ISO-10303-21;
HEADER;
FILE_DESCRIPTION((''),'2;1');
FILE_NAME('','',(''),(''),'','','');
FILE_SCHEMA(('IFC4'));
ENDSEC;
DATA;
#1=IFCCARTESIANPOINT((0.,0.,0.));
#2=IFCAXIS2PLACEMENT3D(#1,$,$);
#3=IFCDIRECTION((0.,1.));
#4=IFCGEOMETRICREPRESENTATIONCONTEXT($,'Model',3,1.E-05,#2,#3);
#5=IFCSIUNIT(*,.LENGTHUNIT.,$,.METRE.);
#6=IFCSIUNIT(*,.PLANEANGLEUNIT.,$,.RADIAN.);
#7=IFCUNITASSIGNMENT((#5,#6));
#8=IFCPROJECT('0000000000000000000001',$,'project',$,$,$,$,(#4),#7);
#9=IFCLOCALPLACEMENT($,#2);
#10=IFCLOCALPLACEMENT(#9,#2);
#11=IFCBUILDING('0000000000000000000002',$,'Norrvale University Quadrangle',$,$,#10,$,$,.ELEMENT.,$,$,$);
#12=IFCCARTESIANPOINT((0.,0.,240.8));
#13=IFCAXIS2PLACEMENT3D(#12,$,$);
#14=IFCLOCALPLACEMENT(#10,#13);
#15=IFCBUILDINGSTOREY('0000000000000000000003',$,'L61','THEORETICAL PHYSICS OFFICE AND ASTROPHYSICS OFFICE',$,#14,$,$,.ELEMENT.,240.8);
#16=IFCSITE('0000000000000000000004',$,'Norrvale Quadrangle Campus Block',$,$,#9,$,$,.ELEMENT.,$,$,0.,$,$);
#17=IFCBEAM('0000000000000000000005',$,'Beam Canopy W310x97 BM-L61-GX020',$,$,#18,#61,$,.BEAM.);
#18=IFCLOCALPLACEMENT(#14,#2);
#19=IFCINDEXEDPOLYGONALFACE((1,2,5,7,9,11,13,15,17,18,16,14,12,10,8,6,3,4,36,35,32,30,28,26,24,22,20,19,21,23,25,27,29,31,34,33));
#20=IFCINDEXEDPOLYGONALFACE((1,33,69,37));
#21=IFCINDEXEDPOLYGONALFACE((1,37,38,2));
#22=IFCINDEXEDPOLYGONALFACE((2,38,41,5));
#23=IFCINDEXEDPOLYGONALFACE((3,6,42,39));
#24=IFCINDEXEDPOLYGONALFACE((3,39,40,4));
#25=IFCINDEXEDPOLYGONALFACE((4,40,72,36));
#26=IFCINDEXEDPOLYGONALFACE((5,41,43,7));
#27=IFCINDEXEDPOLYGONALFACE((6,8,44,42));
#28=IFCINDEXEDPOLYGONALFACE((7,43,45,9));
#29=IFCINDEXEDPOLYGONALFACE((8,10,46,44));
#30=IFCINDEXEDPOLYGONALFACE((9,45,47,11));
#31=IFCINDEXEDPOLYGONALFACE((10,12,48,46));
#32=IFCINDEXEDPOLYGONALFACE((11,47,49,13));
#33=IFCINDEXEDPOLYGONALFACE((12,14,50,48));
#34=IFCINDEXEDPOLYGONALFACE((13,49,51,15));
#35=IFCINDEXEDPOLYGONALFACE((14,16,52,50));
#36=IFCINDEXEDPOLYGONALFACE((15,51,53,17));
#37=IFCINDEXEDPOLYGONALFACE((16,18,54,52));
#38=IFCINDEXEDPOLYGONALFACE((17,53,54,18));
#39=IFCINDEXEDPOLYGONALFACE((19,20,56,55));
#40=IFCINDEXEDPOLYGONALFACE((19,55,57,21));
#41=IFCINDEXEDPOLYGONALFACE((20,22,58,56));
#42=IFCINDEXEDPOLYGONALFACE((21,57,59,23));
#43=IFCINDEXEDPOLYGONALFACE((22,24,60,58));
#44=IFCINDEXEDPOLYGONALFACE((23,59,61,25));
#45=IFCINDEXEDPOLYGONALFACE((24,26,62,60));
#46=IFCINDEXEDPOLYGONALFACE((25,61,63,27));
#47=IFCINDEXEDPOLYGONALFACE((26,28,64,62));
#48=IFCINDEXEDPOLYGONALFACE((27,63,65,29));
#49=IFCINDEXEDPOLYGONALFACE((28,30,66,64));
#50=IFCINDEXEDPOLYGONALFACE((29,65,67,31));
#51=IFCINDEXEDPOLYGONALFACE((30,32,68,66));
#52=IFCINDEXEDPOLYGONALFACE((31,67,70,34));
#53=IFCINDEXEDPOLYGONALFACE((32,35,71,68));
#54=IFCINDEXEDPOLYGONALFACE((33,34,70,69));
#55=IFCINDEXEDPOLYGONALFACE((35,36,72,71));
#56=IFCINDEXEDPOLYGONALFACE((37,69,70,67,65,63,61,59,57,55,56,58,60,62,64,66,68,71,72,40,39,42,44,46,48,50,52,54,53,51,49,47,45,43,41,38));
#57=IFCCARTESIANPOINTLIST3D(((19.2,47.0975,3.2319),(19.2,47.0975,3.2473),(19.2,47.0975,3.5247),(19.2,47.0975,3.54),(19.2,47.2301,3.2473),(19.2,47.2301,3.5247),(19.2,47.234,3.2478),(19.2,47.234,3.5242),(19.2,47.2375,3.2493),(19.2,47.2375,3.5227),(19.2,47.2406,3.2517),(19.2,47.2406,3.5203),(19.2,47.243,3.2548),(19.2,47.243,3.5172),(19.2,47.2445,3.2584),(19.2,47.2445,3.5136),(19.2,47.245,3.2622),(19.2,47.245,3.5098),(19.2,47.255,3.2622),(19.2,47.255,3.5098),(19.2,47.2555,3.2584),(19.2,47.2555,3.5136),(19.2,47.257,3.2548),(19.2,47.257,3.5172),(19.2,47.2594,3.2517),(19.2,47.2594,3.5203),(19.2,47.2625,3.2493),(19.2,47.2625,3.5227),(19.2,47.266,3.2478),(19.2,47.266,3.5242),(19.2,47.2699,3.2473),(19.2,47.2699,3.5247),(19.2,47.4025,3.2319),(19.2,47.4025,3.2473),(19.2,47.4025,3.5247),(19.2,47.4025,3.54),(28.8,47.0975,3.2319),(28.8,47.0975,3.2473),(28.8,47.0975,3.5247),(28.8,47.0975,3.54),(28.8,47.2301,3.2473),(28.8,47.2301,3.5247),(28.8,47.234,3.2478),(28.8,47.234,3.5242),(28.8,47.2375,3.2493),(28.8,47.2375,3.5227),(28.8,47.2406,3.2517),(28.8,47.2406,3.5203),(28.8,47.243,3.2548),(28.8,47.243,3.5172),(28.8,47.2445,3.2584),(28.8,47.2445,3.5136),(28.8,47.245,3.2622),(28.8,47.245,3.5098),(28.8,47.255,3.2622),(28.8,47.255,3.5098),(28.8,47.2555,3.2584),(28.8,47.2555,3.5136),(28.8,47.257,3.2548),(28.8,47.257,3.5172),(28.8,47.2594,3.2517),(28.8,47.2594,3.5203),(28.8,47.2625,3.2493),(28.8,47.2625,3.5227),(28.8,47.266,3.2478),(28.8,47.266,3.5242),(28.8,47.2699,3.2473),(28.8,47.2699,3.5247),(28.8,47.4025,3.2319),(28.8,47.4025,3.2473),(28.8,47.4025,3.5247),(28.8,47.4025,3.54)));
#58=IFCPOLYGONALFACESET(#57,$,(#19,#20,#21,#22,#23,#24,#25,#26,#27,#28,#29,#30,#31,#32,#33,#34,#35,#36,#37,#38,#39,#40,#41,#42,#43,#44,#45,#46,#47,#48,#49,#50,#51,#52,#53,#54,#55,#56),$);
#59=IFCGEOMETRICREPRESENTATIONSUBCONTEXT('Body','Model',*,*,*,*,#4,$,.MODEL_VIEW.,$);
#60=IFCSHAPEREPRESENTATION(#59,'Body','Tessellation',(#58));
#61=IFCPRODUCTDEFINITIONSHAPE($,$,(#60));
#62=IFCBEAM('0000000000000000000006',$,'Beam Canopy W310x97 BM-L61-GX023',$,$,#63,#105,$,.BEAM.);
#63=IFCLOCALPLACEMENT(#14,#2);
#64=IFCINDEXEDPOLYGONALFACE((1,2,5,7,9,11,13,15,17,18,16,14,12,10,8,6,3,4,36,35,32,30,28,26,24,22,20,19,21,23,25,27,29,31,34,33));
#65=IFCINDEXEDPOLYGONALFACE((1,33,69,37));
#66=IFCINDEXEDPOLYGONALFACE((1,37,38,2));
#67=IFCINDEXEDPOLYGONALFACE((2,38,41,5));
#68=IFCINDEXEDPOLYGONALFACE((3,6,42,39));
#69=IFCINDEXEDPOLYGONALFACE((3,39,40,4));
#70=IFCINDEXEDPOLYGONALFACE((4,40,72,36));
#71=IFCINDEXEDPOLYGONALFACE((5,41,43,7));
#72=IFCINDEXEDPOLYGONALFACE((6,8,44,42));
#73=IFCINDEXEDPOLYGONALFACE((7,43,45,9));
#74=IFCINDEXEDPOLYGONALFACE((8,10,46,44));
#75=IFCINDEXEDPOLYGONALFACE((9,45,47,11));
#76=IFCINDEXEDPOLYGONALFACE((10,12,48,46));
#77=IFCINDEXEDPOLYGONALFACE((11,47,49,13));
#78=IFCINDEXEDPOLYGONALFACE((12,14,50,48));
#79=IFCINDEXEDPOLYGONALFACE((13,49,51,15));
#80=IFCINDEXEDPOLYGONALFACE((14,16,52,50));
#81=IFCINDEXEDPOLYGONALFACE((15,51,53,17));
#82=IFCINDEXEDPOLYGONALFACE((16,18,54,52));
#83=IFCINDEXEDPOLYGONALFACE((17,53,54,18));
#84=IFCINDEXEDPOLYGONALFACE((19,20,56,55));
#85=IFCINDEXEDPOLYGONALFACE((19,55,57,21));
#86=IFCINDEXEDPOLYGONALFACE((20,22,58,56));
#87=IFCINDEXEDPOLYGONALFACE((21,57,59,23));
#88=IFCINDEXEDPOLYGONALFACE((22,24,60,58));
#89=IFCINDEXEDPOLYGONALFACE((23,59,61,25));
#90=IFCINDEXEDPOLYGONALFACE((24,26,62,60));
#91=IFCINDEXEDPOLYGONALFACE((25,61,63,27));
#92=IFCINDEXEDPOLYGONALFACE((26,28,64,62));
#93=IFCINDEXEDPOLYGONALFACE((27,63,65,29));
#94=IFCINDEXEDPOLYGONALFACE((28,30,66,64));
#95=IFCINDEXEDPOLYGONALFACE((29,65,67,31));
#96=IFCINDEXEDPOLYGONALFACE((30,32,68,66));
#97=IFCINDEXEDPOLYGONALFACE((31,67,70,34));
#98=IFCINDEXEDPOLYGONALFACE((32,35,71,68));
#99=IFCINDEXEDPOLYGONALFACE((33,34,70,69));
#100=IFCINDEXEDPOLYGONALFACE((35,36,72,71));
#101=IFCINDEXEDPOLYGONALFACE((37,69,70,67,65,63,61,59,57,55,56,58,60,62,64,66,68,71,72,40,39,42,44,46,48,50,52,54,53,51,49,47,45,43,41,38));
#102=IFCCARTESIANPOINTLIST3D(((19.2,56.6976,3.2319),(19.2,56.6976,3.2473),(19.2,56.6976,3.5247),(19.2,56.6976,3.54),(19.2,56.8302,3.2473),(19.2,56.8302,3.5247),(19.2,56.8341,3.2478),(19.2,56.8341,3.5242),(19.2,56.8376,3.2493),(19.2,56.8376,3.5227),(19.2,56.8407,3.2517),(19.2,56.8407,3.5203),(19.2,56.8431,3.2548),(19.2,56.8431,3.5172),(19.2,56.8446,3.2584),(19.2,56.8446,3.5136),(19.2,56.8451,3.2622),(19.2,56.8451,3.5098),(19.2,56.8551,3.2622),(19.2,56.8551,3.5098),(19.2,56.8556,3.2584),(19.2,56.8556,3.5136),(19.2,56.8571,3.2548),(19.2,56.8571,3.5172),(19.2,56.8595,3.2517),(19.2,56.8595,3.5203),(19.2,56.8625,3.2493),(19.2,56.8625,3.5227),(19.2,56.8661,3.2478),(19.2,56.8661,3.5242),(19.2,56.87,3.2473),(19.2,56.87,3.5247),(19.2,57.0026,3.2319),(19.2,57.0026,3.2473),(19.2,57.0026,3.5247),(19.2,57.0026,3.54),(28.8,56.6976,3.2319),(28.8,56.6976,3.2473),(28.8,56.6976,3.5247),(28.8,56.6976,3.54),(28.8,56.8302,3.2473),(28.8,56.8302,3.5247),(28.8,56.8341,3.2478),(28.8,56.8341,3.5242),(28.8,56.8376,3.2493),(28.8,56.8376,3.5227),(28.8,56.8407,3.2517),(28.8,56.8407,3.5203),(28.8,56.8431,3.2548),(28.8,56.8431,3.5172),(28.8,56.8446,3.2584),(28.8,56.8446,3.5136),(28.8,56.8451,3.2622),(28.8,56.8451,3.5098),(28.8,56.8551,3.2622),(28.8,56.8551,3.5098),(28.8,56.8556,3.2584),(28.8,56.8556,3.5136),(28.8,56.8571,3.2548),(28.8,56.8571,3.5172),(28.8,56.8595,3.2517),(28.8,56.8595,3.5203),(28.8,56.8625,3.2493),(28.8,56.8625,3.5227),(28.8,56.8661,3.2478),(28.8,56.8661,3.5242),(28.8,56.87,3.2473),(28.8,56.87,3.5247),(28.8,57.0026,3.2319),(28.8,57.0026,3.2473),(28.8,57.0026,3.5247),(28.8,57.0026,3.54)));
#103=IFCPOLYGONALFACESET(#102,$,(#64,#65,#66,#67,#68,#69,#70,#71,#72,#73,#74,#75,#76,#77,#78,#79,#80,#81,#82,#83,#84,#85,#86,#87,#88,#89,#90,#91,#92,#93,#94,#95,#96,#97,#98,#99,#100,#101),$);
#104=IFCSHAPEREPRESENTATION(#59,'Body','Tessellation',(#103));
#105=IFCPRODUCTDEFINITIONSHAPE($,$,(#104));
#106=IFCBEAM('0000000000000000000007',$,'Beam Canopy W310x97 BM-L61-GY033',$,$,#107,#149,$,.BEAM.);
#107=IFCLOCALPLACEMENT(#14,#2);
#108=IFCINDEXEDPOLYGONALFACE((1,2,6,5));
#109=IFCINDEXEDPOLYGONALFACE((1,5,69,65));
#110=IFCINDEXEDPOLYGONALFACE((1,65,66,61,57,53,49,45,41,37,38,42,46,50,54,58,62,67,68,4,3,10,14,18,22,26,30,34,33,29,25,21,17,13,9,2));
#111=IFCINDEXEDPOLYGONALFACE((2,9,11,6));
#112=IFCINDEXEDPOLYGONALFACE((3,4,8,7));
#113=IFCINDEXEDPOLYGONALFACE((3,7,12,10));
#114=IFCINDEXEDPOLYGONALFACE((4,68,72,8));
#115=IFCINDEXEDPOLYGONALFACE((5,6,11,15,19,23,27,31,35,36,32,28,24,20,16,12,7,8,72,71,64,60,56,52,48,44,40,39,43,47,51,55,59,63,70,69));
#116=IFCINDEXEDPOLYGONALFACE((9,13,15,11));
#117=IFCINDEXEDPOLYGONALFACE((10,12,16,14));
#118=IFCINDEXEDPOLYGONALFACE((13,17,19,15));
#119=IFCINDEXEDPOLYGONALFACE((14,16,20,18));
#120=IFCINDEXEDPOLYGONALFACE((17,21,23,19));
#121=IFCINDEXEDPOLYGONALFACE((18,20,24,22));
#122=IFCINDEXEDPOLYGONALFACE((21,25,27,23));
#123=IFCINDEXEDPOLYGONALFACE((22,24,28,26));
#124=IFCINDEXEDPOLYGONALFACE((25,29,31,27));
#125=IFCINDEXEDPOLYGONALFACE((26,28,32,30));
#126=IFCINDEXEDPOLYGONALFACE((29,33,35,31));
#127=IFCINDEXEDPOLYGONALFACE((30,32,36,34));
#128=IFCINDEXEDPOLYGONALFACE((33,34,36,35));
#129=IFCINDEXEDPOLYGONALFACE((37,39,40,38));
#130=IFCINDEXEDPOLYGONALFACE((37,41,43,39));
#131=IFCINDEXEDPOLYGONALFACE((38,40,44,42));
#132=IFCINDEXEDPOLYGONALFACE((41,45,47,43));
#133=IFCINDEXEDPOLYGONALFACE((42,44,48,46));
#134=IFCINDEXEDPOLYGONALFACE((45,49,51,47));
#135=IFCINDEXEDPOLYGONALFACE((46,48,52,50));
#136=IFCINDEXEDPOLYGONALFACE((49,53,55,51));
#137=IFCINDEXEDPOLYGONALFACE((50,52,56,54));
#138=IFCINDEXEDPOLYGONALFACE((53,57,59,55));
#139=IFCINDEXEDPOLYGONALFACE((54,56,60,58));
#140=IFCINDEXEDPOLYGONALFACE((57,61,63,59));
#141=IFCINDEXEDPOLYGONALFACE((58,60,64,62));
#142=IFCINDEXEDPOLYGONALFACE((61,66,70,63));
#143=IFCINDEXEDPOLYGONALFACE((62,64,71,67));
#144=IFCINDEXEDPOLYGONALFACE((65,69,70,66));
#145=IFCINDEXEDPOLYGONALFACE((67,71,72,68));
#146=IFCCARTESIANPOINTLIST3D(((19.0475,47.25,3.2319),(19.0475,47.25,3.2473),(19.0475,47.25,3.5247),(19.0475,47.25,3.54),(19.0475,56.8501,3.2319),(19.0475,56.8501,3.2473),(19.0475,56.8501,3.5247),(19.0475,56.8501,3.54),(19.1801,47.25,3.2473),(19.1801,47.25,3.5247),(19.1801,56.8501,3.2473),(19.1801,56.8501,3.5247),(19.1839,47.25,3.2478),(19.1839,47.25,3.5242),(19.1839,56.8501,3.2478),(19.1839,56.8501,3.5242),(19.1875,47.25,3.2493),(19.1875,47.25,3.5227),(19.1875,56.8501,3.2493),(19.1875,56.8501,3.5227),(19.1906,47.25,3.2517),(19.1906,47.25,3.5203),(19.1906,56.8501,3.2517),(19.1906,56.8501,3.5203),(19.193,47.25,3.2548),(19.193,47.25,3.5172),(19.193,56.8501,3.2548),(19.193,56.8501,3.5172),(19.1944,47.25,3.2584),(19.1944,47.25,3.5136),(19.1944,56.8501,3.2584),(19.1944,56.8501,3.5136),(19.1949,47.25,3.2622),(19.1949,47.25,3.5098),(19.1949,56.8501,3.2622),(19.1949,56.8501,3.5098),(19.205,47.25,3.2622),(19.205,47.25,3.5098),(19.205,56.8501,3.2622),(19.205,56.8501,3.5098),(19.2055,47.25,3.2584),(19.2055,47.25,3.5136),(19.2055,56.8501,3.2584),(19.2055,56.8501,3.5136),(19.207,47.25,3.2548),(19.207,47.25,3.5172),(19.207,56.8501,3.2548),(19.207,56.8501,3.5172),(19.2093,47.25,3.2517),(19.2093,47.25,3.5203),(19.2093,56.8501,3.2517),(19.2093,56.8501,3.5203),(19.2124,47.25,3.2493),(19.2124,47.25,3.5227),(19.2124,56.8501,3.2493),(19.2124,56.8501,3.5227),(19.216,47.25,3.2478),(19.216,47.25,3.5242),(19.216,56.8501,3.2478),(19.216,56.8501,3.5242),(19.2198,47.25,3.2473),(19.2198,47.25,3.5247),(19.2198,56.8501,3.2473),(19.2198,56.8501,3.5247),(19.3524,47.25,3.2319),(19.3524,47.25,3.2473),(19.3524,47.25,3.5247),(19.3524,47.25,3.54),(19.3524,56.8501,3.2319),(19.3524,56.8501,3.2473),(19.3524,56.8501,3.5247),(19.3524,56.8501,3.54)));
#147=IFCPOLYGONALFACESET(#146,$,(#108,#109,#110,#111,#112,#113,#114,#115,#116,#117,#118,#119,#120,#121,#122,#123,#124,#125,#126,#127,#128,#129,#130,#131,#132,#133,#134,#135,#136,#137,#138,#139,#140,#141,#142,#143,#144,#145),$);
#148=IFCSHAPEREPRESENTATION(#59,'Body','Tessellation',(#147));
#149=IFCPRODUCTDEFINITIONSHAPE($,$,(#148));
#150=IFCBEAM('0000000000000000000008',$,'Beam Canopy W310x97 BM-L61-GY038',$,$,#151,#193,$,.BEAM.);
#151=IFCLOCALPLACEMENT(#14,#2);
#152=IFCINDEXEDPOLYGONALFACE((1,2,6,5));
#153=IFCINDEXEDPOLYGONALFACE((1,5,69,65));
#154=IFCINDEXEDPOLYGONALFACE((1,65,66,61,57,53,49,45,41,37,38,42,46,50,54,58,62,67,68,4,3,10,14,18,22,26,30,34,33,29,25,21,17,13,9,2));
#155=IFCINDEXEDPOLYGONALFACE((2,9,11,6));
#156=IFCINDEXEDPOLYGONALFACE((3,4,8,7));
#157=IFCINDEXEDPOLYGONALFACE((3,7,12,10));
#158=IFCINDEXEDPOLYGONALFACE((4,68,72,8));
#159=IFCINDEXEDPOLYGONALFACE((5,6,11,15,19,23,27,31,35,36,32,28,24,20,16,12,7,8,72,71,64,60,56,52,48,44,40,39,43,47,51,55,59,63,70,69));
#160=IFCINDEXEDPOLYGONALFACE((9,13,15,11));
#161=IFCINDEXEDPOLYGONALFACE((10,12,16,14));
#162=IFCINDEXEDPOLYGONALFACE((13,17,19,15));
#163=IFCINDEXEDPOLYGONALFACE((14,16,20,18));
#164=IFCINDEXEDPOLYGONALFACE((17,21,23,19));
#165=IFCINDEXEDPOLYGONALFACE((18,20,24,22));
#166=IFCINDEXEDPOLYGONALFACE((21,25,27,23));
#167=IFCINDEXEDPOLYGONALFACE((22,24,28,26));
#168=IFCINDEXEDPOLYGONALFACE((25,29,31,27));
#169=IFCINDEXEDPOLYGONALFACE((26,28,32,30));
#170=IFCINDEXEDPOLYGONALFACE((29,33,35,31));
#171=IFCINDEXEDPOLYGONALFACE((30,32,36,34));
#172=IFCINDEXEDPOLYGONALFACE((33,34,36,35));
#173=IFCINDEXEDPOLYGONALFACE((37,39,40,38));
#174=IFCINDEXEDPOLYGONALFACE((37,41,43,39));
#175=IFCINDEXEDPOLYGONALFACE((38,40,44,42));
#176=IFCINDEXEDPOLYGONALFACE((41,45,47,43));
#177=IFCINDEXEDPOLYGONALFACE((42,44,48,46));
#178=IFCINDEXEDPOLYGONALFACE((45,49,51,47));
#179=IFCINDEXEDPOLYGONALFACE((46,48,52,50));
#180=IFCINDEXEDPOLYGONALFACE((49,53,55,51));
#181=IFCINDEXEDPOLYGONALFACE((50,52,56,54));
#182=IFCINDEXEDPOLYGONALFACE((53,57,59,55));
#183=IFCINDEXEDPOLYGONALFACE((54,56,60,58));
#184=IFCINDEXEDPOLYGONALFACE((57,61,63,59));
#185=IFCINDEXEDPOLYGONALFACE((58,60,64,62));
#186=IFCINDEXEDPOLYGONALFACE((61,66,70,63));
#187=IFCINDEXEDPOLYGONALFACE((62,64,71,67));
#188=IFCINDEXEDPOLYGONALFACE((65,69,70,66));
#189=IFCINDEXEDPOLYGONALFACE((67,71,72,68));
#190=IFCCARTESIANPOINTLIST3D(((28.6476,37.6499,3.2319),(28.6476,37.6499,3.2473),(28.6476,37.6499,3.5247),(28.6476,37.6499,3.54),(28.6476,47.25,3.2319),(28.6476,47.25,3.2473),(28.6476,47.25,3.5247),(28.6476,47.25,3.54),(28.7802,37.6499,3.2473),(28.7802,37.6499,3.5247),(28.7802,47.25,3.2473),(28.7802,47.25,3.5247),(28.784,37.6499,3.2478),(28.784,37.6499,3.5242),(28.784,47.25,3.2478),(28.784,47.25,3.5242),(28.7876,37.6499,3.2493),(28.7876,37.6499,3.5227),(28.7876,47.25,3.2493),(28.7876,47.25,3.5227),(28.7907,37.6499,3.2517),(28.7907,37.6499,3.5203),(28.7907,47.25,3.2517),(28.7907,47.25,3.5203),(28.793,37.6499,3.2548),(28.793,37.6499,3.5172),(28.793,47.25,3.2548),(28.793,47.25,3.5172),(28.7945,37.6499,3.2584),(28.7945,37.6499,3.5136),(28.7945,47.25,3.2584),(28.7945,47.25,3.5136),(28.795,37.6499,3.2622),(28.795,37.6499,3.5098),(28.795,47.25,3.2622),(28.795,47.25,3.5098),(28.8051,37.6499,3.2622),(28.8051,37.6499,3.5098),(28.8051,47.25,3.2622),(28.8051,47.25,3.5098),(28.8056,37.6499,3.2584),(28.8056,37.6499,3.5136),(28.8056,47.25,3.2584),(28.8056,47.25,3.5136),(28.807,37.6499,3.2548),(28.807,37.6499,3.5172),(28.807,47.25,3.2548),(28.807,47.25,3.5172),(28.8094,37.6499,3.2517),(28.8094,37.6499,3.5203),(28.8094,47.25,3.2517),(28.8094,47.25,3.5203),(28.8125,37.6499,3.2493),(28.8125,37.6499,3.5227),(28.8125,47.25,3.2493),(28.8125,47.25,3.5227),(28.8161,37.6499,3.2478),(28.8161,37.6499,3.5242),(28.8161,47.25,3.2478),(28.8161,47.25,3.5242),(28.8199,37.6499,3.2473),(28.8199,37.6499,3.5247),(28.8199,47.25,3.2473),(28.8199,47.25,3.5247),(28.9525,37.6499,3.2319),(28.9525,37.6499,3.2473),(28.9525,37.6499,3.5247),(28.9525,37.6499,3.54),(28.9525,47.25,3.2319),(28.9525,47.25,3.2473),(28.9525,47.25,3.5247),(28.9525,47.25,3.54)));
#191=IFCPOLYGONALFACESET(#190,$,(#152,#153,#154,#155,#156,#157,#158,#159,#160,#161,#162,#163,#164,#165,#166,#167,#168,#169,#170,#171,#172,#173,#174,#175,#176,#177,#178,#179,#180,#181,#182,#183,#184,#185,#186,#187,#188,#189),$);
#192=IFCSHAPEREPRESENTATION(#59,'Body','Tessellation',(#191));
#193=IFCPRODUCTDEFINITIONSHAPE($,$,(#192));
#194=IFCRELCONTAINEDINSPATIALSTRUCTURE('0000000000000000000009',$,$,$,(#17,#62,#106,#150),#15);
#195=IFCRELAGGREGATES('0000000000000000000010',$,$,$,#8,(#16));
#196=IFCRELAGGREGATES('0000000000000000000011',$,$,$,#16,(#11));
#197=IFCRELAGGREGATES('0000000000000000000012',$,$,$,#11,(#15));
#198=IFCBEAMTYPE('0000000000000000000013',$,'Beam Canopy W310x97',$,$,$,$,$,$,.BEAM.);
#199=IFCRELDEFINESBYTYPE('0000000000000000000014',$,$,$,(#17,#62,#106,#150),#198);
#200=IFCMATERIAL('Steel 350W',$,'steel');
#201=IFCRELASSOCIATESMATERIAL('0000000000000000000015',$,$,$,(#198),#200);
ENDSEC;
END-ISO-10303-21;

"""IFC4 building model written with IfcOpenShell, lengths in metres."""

from ifc_helpers import new_model, si_unit, direction, frame, origin, origin_2d, place, context, subcontext, project, spatial, i_section, extrude, material, material_profile, profile_set, type_object, element, save


model = new_model("IFC4")

# Units and contexts
model_context = context("Model", 3, precision=1e-05, world=origin(), true_north=direction((0.0, 1.0)))
body_context = subcontext(model_context, "Body", "Model", "MODEL_VIEW")
ifc_project = project(units=[si_unit("LENGTHUNIT", "METRE"), si_unit("PLANEANGLEUNIT", "RADIAN")], contexts=[model_context])

# Site, building, storey
site_placement = place(None, origin())
site = spatial("IfcSite", under=ifc_project, at=site_placement, Name="Norrvale Quadrangle Campus Block", CompositionType="ELEMENT", RefElevation=0.0)
building_placement = place(site_placement, origin())
building = spatial("IfcBuilding", under=site, at=building_placement, Name="Norrvale University Quadrangle", CompositionType="ELEMENT")
storey_placement = place(building_placement, frame((0.0, 0.0, 240.8)))
storey = spatial("IfcBuildingStorey", under=building, at=storey_placement, Name="L61", Description="THEORETICAL PHYSICS OFFICE AND ASTROPHYSICS OFFICE", CompositionType="ELEMENT", Elevation=240.8)

# Beams
ifc_material_1 = material(Name="Steel 350W", Category="steel")
ifc_material_profile_1 = material_profile(ifc_material_1, i_section(OverallWidth=0.3049, OverallDepth=0.3081, WebThickness=0.01, FlangeThickness=0.0154, FilletRadius=0.0149, at=origin_2d()), Name="Steel 350W")
ifc_profile_set_1 = profile_set([ifc_material_profile_1], Name="Steel 350W")
beam_type_1 = type_object("IfcBeamType", Name="Beam Canopy W310x97", PredefinedType="BEAM", material=ifc_profile_set_1)
for number, where, z_axis, x_axis, name in (
    (1, (19.2, 47.25, 3.386), (1.0, 0.0, 0.0), (0.0, 1.0, 0.0), "Beam Canopy W310x97 BM-L61-GX020"),
    (2, (19.2, 56.8501, 3.386), (1.0, 0.0, 0.0), (0.0, 1.0, 0.0), "Beam Canopy W310x97 BM-L61-GX023"),
    (3, (19.2, 47.25, 3.386), (0.0, 1.0, 0.0), (-1.0, 0.0, 0.0), "Beam Canopy W310x97 BM-L61-GY033"),
    (4, (28.8, 37.6499, 3.386), (0.0, 1.0, 0.0), (-1.0, 0.0, 0.0), "Beam Canopy W310x97 BM-L61-GY038"),
):
    element("IfcBeam", number, at=place(storey_placement, frame(where, z_axis=z_axis, x_axis=x_axis)), inside=storey, type_object=beam_type_1, Name=name, PredefinedType="BEAM", context=body_context, shape_type="SweptSolid", body=[
        extrude(i_section(OverallWidth=0.3049, OverallDepth=0.3081, WebThickness=0.01, FlangeThickness=0.0154, FilletRadius=0.0149, at=origin_2d()), origin(), (0.0, 0.0, 1.0), 9.6001),
    ])

save(model, "model.ifc")
